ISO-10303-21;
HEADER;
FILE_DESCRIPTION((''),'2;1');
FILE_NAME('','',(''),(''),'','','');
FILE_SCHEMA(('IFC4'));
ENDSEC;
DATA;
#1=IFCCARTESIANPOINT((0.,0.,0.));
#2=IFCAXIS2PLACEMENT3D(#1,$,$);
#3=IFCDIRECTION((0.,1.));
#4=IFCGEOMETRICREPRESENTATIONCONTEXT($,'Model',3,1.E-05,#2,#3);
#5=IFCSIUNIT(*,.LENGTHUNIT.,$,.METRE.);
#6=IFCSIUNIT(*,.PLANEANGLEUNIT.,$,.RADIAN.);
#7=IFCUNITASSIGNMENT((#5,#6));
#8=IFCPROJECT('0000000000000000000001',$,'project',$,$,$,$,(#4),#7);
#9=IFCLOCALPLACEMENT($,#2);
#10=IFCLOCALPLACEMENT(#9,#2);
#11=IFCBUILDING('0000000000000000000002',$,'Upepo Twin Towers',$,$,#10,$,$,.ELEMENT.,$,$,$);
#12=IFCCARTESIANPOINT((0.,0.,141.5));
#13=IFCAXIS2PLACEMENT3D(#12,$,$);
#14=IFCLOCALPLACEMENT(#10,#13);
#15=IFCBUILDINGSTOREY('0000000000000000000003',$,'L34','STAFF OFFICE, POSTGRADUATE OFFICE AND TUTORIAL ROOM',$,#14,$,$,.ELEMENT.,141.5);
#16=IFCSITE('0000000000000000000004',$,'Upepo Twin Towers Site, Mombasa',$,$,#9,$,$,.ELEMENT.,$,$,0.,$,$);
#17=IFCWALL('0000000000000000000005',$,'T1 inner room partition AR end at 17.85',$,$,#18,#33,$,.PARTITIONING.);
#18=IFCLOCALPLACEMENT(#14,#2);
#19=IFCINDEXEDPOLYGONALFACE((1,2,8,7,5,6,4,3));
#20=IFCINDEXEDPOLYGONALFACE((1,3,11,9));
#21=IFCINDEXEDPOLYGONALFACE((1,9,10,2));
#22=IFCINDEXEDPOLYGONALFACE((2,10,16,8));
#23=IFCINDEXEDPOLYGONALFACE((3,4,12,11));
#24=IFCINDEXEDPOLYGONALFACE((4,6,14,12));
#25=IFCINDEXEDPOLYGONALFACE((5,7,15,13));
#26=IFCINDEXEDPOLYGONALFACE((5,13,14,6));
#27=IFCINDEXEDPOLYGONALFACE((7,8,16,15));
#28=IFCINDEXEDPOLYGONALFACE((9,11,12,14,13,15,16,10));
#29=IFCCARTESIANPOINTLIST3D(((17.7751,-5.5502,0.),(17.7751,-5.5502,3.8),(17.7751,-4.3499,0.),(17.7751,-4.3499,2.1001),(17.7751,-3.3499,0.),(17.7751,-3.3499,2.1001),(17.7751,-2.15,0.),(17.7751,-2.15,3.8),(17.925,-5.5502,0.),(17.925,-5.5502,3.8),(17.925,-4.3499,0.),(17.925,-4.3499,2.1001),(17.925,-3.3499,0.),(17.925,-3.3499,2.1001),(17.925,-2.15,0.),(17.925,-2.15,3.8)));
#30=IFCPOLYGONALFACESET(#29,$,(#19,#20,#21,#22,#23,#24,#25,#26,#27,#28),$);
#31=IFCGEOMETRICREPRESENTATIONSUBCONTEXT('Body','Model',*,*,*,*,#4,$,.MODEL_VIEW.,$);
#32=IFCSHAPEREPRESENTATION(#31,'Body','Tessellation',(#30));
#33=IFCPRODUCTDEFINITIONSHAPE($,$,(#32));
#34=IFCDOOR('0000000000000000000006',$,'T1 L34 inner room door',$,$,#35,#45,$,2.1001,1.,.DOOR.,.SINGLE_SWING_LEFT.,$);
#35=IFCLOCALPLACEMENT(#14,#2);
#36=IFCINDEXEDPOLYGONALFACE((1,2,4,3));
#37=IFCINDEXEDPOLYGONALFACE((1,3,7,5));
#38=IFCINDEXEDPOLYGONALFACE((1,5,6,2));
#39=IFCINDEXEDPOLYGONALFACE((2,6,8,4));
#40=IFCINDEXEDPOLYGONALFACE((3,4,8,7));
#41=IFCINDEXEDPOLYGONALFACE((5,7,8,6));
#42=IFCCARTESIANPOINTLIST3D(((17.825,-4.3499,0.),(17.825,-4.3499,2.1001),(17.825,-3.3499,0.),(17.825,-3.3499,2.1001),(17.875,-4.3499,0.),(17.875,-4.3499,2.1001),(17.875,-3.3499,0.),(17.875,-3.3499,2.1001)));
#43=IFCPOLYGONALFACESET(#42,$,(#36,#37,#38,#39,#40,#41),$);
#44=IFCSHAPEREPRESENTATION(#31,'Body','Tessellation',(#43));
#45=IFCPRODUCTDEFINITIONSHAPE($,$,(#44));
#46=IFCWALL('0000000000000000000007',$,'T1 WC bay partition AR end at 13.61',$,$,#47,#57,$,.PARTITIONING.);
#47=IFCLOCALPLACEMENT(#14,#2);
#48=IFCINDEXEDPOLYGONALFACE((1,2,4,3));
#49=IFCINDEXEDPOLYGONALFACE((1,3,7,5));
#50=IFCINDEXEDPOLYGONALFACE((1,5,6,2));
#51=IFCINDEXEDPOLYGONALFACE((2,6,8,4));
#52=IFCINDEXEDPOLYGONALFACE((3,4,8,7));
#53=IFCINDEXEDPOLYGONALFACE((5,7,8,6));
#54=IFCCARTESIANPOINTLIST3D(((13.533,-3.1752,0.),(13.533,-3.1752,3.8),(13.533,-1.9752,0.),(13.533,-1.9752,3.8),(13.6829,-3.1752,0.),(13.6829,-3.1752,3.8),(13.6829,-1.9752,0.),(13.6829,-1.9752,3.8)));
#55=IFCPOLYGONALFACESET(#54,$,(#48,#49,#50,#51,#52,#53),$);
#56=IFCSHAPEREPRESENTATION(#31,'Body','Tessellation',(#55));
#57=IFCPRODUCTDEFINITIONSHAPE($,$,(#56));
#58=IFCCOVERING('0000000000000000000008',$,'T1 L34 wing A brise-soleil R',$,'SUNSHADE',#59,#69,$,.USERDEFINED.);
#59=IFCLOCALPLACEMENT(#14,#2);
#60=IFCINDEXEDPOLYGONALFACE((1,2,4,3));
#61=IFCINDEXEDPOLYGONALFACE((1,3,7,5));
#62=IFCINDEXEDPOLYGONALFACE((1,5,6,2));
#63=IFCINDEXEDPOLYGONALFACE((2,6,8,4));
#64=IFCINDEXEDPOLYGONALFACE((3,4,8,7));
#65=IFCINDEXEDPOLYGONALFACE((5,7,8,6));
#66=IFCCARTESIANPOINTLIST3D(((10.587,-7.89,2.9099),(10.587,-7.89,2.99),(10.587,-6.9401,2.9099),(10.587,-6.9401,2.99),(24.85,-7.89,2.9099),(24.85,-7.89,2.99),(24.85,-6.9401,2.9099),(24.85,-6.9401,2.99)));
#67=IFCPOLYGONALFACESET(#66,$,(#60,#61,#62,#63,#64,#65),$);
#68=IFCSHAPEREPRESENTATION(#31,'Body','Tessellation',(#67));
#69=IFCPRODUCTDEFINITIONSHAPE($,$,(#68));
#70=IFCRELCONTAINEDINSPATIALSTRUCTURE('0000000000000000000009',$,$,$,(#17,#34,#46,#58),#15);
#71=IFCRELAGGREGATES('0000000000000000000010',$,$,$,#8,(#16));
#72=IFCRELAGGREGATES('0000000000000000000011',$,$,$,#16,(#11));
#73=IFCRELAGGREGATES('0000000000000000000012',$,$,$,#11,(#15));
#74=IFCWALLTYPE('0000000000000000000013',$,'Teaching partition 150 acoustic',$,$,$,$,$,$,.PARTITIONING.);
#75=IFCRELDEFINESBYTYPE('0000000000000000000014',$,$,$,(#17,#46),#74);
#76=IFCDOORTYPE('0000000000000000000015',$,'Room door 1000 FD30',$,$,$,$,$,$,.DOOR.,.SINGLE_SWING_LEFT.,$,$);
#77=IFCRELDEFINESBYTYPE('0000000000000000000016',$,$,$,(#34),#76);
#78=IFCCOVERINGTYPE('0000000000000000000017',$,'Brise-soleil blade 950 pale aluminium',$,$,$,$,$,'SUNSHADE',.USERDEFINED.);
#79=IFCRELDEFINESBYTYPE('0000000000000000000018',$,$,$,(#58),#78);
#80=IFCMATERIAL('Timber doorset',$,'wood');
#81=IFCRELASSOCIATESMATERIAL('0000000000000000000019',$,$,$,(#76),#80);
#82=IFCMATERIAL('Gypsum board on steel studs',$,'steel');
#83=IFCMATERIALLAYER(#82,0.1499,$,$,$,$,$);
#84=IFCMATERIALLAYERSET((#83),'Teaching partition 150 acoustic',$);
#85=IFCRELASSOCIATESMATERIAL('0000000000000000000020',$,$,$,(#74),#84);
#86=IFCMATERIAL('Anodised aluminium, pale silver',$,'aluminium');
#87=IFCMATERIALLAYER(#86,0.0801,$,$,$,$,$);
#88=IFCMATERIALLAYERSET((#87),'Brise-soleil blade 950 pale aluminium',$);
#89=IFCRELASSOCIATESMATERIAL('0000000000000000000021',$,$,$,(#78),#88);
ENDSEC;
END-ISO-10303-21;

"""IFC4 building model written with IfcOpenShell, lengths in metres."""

from ifc_helpers import new_model, si_unit, direction, frame, frame_2d, origin, origin_2d, place, context, subcontext, project, spatial, rectangle, extrude, material, layer, layer_set, type_object, element, fill, save


model = new_model("IFC4")

# Units and contexts
model_context = context("Model", 3, precision=1e-05, world=origin(), true_north=direction((0.0, 1.0)))
body_context = subcontext(model_context, "Body", "Model", "MODEL_VIEW")
ifc_project = project(units=[si_unit("LENGTHUNIT", "METRE"), si_unit("PLANEANGLEUNIT", "RADIAN")], contexts=[model_context])

# Site, building, storey
site_placement = place(None, origin())
site = spatial("IfcSite", under=ifc_project, at=site_placement, Name="Upepo Twin Towers Site, Mombasa", CompositionType="ELEMENT", RefElevation=0.0)
building_placement = place(site_placement, origin())
building = spatial("IfcBuilding", under=site, at=building_placement, Name="Upepo Twin Towers", CompositionType="ELEMENT")
storey_placement = place(building_placement, frame((0.0, 0.0, 141.5)))
storey = spatial("IfcBuildingStorey", under=building, at=storey_placement, Name="L34", Description="STAFF OFFICE, POSTGRADUATE OFFICE AND TUTORIAL ROOM", CompositionType="ELEMENT", Elevation=141.5)

# Shared definitions
ifc_material_1 = material(Name="Timber doorset", Category="wood")
door_type_1 = type_object("IfcDoorType", Name="Room door 1000 FD30", OperationType="SINGLE_SWING_LEFT", PredefinedType="DOOR", material=ifc_material_1)

# Shared definitions
ifc_material_2 = material(Name="Gypsum board on steel studs", Category="steel")
ifc_layer_1 = layer(ifc_material_2, 0.1499)
ifc_layer_set_1 = layer_set([ifc_layer_1], Name="Teaching partition 150 acoustic")
wall_type_1 = type_object("IfcWallType", Name="Teaching partition 150 acoustic", PredefinedType="PARTITIONING", material=ifc_layer_set_1)

# Wall, opening, door
wall_1_placement = place(storey_placement, frame((17.8501, -2.1499, 0.0), z_axis=(0.0, 0.0, 1.0), x_axis=(0.0, -1.0, 0.0)))
wall_1 = element("IfcWall", 1, at=wall_1_placement, inside=storey, type_object=wall_type_1, Name="T1 inner room partition AR end at 17.85", PredefinedType="PARTITIONING", context=body_context, shape_type="SweptSolid", body=[
    extrude(rectangle(XDim=3.4001, YDim=0.1499, at=frame_2d((1.7002, 0.0))), origin(), (0.0, 0.0, 1.0), 3.8),
])
opening_1_placement = place(wall_1_placement, frame((1.2, 0.0, 0.0)))
opening_1 = element("IfcOpeningElement", 2, at=opening_1_placement, cuts=wall_1, PredefinedType="OPENING", context=body_context, shape_type="SweptSolid", body=[
    extrude(rectangle(XDim=1.0, YDim=2.1001, at=frame_2d((0.5, 1.05))), frame((0.0, 0.085, 0.0), z_axis=(0.0, -1.0, 0.0), x_axis=(1.0, 0.0, 0.0)), (0.0, 0.0, 1.0), 0.1699),
])
door_1_placement = place(opening_1_placement, origin())
door_1 = element("IfcDoor", 3, at=door_1_placement, inside=storey, type_object=door_type_1, Name="T1 L34 inner room door", OperationType="SINGLE_SWING_LEFT", OverallHeight=2.1001, OverallWidth=1.0, PredefinedType="DOOR", context=body_context, shape_type="SweptSolid", body=[
    extrude(rectangle(XDim=1.0, YDim=2.1001, at=frame_2d((0.5, 1.05))), frame((0.0, 0.0249, 0.0), z_axis=(0.0, -1.0, 0.0), x_axis=(1.0, 0.0, 0.0)), (0.0, 0.0, 1.0), 0.05),
])
fill(opening_1, door_1)

# Wall
wall_2_placement = place(storey_placement, frame((13.6079, -1.9751, 0.0), z_axis=(0.0, 0.0, 1.0), x_axis=(0.0, -1.0, 0.0)))
element("IfcWall", 4, at=wall_2_placement, inside=storey, type_object=wall_type_1, Name="T1 WC bay partition AR end at 13.61", PredefinedType="PARTITIONING", context=body_context, shape_type="SweptSolid", body=[
    extrude(rectangle(XDim=1.2, YDim=0.1499, at=frame_2d((0.6001, 0.0))), origin(), (0.0, 0.0, 1.0), 3.8),
])

# Covering
ifc_material_3 = material(Name="Anodised aluminium, pale silver", Category="aluminium")
ifc_layer_2 = layer(ifc_material_3, 0.0801)
ifc_layer_set_2 = layer_set([ifc_layer_2], Name="Brise-soleil blade 950 pale aluminium")
covering_type = type_object("IfcCoveringType", Name="Brise-soleil blade 950 pale aluminium", ElementType="SUNSHADE", PredefinedType="USERDEFINED", material=ifc_layer_set_2)
covering_placement = place(storey_placement, frame((17.7185, -7.415, 2.9099), z_axis=(0.0, 0.0, 1.0), x_axis=(1.0, 0.0, 0.0)))
element("IfcCovering", 5, at=covering_placement, inside=storey, type_object=covering_type, Name="T1 L34 wing A brise-soleil R", ObjectType="SUNSHADE", PredefinedType="USERDEFINED", context=body_context, shape_type="SweptSolid", body=[
    extrude(rectangle(XDim=14.2629, YDim=0.95, at=origin_2d()), origin(), (0.0, 0.0, 1.0), 0.0801),
])

save(model, "model.ifc")
